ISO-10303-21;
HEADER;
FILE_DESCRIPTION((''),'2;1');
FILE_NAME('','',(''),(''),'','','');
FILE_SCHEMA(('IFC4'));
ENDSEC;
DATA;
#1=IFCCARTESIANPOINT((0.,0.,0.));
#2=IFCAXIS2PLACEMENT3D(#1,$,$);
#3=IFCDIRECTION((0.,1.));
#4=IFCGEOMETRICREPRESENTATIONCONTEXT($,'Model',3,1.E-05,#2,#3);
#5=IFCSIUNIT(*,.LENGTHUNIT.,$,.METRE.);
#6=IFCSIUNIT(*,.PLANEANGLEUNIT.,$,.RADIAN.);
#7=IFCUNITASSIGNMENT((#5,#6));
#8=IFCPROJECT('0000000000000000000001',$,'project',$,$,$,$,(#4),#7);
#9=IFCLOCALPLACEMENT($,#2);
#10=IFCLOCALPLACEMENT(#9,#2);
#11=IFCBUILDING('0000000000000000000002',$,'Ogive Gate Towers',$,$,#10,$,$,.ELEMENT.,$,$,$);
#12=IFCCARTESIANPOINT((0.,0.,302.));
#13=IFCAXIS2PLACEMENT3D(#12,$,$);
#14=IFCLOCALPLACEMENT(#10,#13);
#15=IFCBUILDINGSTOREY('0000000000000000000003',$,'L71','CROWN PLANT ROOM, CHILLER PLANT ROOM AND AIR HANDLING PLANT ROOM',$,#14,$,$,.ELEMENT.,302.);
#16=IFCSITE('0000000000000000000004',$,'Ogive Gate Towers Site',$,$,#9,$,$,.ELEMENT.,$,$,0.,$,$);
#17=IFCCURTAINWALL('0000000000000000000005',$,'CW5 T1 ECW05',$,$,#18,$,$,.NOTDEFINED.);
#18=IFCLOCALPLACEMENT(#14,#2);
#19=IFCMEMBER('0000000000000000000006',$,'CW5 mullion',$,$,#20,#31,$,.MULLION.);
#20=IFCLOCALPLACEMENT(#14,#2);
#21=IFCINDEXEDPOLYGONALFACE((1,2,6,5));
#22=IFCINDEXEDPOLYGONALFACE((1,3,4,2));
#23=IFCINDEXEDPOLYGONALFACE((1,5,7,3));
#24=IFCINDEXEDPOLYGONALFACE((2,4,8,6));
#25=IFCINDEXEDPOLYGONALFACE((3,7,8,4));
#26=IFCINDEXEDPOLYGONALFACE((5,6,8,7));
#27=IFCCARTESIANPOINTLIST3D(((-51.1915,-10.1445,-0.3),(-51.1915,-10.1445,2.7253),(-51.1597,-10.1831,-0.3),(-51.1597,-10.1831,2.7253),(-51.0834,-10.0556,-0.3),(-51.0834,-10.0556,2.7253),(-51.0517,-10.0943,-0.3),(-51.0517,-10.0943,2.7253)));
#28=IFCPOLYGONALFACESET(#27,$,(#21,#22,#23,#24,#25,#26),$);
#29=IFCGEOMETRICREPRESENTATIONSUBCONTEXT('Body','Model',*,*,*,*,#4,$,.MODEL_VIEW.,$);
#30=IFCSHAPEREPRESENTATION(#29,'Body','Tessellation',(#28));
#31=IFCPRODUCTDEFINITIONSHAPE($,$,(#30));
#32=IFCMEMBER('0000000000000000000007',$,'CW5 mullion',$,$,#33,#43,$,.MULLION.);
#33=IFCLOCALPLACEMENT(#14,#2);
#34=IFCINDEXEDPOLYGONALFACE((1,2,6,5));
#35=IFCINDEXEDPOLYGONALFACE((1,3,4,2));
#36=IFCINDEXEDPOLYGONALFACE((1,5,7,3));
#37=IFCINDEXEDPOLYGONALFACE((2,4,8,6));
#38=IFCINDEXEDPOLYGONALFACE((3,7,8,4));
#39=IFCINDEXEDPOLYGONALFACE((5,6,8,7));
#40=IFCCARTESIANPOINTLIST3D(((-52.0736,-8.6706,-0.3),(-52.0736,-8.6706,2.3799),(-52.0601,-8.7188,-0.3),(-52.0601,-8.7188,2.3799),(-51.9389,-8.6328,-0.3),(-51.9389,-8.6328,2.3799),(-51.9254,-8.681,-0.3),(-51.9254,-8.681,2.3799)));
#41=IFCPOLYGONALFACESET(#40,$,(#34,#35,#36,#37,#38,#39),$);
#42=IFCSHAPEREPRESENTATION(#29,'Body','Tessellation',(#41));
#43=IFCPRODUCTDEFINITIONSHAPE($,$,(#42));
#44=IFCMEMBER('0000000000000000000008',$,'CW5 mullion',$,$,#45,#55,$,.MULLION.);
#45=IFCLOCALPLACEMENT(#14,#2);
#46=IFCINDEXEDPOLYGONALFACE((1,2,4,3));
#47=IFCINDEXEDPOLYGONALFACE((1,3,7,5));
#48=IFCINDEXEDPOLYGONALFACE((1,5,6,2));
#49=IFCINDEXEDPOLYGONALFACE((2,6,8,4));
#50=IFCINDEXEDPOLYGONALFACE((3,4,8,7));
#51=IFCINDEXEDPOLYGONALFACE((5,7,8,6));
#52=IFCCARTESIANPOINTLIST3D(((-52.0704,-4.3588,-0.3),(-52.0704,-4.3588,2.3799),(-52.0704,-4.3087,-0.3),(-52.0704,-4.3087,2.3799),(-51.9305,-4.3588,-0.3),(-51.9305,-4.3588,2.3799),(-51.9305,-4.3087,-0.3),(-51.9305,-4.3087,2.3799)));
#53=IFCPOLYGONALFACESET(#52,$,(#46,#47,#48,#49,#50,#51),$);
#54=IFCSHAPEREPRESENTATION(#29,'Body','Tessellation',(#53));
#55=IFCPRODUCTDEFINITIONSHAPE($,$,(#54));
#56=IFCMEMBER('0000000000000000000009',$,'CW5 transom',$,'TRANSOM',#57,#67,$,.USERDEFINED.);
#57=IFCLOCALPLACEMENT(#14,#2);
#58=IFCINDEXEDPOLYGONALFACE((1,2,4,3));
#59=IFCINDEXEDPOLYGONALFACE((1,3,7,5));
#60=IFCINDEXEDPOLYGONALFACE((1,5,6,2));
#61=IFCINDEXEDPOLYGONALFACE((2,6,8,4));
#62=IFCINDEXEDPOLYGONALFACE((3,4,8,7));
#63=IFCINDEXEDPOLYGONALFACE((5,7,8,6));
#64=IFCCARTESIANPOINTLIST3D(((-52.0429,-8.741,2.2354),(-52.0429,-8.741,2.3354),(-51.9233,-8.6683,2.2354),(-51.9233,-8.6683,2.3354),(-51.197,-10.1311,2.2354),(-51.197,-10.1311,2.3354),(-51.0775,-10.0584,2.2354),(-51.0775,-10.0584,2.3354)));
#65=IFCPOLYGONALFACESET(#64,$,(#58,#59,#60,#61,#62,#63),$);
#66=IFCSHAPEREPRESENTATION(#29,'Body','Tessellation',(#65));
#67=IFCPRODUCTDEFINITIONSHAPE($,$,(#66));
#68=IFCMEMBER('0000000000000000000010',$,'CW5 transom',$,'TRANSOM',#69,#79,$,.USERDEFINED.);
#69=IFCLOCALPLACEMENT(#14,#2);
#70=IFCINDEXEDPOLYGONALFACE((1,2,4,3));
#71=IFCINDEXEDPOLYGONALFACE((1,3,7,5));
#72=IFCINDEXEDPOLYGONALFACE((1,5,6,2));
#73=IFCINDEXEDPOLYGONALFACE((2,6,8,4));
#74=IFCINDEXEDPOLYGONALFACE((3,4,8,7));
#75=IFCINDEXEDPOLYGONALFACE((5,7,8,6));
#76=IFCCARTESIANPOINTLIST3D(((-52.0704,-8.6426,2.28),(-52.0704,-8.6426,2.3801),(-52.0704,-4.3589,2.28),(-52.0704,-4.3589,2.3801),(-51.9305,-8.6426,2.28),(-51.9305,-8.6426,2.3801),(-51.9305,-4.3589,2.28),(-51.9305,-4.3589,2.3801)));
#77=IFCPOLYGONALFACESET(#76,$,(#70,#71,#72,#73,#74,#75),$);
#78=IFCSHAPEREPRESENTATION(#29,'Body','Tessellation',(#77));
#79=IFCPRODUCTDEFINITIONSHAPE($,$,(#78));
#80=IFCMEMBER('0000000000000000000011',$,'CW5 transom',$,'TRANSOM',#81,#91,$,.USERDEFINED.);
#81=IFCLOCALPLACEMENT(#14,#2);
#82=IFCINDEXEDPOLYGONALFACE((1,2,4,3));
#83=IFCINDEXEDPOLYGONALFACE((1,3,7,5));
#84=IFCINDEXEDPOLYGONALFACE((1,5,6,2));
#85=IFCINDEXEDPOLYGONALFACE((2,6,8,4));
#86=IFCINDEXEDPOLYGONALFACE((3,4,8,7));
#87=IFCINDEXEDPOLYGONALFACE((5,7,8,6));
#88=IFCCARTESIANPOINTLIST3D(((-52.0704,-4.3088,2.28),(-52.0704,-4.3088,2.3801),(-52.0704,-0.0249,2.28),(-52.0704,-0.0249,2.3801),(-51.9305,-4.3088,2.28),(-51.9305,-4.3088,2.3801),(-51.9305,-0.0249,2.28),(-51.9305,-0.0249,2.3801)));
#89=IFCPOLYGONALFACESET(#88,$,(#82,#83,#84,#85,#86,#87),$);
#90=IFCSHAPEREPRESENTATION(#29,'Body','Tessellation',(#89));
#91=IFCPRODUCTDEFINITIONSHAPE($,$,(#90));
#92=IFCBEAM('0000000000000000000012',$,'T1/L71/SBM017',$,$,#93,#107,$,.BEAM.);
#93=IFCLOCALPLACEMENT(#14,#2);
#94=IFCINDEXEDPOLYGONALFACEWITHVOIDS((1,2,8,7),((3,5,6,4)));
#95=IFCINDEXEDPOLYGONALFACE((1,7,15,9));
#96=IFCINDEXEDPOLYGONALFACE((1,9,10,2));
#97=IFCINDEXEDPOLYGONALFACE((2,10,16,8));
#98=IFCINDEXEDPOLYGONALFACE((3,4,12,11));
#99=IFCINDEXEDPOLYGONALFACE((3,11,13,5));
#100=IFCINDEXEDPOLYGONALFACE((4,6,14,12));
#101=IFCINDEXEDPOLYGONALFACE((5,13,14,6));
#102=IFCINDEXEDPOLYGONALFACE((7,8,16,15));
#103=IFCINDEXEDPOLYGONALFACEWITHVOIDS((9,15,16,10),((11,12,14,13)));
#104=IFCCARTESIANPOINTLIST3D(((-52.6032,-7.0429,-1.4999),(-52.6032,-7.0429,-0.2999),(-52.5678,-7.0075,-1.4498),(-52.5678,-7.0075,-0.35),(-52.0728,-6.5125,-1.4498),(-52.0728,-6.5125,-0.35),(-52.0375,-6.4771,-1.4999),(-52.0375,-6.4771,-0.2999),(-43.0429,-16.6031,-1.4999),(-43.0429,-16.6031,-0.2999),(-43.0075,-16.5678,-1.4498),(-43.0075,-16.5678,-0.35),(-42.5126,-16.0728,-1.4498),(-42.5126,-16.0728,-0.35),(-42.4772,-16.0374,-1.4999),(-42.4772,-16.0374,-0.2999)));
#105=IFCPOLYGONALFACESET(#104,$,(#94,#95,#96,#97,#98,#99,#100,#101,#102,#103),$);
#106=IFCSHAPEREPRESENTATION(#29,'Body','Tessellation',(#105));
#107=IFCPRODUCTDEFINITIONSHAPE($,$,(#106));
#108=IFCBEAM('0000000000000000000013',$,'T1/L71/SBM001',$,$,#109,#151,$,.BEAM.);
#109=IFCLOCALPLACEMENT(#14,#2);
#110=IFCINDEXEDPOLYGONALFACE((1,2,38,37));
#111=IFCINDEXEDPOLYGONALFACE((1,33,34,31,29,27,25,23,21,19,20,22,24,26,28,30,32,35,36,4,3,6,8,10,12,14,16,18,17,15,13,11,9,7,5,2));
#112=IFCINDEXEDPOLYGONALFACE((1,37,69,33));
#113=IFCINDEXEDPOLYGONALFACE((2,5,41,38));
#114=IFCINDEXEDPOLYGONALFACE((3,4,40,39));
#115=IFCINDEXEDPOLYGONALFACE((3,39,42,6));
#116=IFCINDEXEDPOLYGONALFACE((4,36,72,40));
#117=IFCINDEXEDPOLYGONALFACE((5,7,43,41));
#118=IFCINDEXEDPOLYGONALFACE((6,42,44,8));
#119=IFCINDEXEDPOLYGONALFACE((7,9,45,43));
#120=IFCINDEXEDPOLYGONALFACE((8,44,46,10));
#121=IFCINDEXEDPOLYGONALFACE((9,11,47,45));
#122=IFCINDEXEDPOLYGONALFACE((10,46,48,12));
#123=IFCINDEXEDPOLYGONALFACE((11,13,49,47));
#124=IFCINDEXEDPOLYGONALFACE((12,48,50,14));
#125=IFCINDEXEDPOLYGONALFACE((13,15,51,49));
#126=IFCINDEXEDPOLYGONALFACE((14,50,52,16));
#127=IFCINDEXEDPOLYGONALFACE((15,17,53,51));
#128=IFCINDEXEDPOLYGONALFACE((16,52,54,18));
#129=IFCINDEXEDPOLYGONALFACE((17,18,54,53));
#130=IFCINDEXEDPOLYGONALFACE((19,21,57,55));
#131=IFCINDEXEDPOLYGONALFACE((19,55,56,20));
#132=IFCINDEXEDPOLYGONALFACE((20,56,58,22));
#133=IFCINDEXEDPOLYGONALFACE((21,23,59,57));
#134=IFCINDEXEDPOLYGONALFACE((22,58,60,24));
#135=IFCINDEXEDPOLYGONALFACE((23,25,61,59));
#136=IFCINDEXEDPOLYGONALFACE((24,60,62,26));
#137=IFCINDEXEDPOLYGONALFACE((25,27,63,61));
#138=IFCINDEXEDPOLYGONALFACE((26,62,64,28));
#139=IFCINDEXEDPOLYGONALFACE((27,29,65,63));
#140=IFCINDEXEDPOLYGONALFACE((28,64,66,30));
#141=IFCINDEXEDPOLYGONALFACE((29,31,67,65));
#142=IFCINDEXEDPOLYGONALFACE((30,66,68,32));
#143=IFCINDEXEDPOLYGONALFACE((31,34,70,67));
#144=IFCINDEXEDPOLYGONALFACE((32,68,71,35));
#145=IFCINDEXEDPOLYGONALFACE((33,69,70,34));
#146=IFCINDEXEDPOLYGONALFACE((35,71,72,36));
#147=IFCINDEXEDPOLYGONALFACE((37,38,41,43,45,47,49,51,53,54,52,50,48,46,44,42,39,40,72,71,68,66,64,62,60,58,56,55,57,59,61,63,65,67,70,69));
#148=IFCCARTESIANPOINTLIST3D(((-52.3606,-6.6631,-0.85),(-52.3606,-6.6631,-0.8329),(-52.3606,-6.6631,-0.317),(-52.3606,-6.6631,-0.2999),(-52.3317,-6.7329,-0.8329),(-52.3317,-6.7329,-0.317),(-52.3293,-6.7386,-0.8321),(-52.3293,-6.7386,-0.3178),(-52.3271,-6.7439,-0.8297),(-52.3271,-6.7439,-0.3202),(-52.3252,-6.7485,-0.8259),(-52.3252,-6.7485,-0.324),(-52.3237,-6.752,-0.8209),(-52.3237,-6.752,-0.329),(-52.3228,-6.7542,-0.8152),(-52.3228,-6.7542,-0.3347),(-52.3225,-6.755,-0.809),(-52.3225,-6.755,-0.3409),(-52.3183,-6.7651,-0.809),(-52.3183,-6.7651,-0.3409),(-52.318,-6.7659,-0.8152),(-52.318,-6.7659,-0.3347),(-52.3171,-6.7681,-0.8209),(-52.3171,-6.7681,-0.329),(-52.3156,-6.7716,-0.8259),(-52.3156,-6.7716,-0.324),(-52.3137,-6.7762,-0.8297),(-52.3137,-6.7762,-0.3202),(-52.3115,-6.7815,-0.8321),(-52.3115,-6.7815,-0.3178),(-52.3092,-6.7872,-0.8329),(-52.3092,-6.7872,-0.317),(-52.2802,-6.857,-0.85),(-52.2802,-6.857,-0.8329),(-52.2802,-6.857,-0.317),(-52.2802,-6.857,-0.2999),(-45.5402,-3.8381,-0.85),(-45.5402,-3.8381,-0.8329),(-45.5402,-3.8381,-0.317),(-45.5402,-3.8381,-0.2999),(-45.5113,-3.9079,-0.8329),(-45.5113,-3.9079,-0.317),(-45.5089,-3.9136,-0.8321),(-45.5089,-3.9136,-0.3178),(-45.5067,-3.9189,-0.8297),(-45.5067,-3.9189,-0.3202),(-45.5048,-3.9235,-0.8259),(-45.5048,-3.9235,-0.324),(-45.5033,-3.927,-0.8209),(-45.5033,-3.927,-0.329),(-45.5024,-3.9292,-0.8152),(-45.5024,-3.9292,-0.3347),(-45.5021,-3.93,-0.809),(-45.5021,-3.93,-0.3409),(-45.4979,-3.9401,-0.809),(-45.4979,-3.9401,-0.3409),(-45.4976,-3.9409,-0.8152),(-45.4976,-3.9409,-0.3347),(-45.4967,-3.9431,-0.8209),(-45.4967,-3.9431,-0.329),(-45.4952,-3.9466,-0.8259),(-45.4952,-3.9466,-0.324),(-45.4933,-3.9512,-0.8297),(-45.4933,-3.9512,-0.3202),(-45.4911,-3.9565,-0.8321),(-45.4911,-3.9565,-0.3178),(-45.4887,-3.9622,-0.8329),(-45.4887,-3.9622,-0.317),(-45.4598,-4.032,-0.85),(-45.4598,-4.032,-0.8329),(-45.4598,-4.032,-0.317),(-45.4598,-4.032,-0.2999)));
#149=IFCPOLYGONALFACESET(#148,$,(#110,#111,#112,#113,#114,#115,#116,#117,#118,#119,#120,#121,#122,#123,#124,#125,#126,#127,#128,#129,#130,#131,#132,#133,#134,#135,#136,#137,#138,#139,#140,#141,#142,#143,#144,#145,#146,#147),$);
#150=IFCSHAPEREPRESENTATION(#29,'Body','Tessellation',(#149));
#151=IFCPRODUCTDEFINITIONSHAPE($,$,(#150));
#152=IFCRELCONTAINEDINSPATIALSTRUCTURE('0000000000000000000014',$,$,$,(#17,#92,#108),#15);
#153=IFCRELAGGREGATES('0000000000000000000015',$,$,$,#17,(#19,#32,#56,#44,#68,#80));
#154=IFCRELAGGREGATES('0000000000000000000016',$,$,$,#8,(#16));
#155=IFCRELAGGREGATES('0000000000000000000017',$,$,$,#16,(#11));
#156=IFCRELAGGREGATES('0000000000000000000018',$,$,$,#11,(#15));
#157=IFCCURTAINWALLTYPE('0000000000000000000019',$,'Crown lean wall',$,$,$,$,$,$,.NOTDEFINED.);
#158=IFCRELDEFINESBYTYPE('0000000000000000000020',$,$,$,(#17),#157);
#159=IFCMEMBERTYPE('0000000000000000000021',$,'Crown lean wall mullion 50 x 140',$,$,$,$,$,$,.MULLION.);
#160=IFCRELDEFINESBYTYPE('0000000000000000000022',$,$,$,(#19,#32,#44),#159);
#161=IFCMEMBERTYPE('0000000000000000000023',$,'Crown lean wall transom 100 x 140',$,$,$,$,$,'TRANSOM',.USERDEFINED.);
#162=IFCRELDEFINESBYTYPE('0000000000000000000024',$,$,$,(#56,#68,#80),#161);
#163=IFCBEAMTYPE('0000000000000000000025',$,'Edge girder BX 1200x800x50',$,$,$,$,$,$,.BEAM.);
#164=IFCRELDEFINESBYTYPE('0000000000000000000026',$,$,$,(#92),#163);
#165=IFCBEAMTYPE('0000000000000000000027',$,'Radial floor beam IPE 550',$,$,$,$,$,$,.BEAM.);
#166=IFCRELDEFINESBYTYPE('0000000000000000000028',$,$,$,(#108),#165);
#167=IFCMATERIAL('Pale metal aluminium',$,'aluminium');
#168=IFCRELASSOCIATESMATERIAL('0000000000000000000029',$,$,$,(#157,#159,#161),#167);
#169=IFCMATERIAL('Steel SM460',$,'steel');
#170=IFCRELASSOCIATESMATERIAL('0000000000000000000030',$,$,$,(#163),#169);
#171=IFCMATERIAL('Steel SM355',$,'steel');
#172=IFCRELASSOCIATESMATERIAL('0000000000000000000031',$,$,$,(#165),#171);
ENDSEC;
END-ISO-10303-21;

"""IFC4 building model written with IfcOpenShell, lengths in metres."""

from ifc_helpers import new_model, si_unit, direction, frame, origin, origin_2d, place, context, subcontext, project, spatial, rectangle, hollow_rectangle, i_section, extrude, material, material_profile, profile_set, type_object, element, aggregate, save


model = new_model("IFC4")

# Units and contexts
model_context = context("Model", 3, precision=1e-05, world=origin(), true_north=direction((0.0, 1.0)))
body_context = subcontext(model_context, "Body", "Model", "MODEL_VIEW")
ifc_project = project(units=[si_unit("LENGTHUNIT", "METRE"), si_unit("PLANEANGLEUNIT", "RADIAN")], contexts=[model_context])

# Site, building, storey
site_placement = place(None, origin())
site = spatial("IfcSite", under=ifc_project, at=site_placement, Name="Ogive Gate Towers Site", CompositionType="ELEMENT", RefElevation=0.0)
building_placement = place(site_placement, origin())
building = spatial("IfcBuilding", under=site, at=building_placement, Name="Ogive Gate Towers", CompositionType="ELEMENT")
storey_placement = place(building_placement, frame((0.0, 0.0, 302.0)))
storey = spatial("IfcBuildingStorey", under=building, at=storey_placement, Name="L71", Description="CROWN PLANT ROOM, CHILLER PLANT ROOM AND AIR HANDLING PLANT ROOM", CompositionType="ELEMENT", Elevation=302.0)

# Curtain wall, members
ifc_material_1 = material(Name="Pale metal aluminium", Category="aluminium")
curtain_wall_type = type_object("IfcCurtainWallType", Name="Crown lean wall", PredefinedType="NOTDEFINED", material=ifc_material_1)
curtain_wall_placement = place(storey_placement, origin())
curtain_wall = element("IfcCurtainWall", 1, at=curtain_wall_placement, inside=storey, type_object=curtain_wall_type, Name="CW5 T1 ECW05", PredefinedType="NOTDEFINED")
ifc_material_profile_1 = material_profile(ifc_material_1, rectangle(XDim=0.1399, YDim=0.05, at=origin_2d()), Name="50 x 140 aluminium box")
ifc_profile_set_1 = profile_set([ifc_material_profile_1], Name="Pale metal aluminium")
member_type_1 = type_object("IfcMemberType", Name="Crown lean wall mullion 50 x 140", PredefinedType="MULLION", material=ifc_profile_set_1)
member_1_placement = place(storey_placement, frame((-51.1216, -10.1194, -0.3), z_axis=(0.0, 0.0, 1.0), x_axis=(0.772678, 0.634798, 0.0)))
member_1 = element("IfcMember", 2, at=member_1_placement, type_object=member_type_1, Name="CW5 mullion", PredefinedType="MULLION", context=body_context, shape_type="SweptSolid", body=[
    extrude(rectangle(XDim=0.1399, YDim=0.05, at=origin_2d()), origin(), (0.0, 0.0, 1.0), 3.0254),
])
member_2_placement = place(storey_placement, frame((-51.9995, -8.6758, -0.3), z_axis=(0.0, 0.0, 1.0), x_axis=(0.962866, 0.269979, 0.0)))
member_2 = element("IfcMember", 3, at=member_2_placement, type_object=member_type_1, Name="CW5 mullion", PredefinedType="MULLION", context=body_context, shape_type="SweptSolid", body=[
    extrude(rectangle(XDim=0.1399, YDim=0.05, at=origin_2d()), origin(), (0.0, 0.0, 1.0), 2.6799),
])
member_3_placement = place(storey_placement, frame((-52.0005, -4.3337, -0.3), z_axis=(0.0, 0.0, 1.0), x_axis=(1.0, 0.0, 0.0)))
member_3 = element("IfcMember", 4, at=member_3_placement, type_object=member_type_1, Name="CW5 mullion", PredefinedType="MULLION", context=body_context, shape_type="SweptSolid", body=[
    extrude(rectangle(XDim=0.1399, YDim=0.05, at=origin_2d()), origin(), (0.0, 0.0, 1.0), 2.6799),
])
ifc_material_profile_2 = material_profile(ifc_material_1, rectangle(XDim=0.1399, YDim=0.1001, at=origin_2d()), Name="100 x 140 aluminium box")
ifc_profile_set_2 = profile_set([ifc_material_profile_2], Name="Pale metal aluminium")
member_type_2 = type_object("IfcMemberType", Name="Crown lean wall transom 100 x 140", ElementType="TRANSOM", PredefinedType="USERDEFINED", material=ifc_profile_set_2)
member_4_placement = place(storey_placement, frame((-51.1372, -10.0947, 2.2854), z_axis=(-0.519847, 0.854259, 0.0), x_axis=(-0.854259, -0.519847, 0.0)))
member_4 = element("IfcMember", 5, at=member_4_placement, type_object=member_type_2, Name="CW5 transom", ObjectType="TRANSOM", PredefinedType="USERDEFINED", context=body_context, shape_type="SweptSolid", body=[
    extrude(rectangle(XDim=0.1399, YDim=0.1001, at=origin_2d()), origin(), (0.0, 0.0, 1.0), 1.6272),
])
member_5_placement = place(storey_placement, frame((-52.0005, -8.6426, 2.3301), z_axis=(0.0, 1.0, 0.0), x_axis=(-1.0, 0.0, 0.0)))
member_5 = element("IfcMember", 6, at=member_5_placement, type_object=member_type_2, Name="CW5 transom", ObjectType="TRANSOM", PredefinedType="USERDEFINED", context=body_context, shape_type="SweptSolid", body=[
    extrude(rectangle(XDim=0.1399, YDim=0.1001, at=origin_2d()), origin(), (0.0, 0.0, 1.0), 4.2837),
])
member_6_placement = place(storey_placement, frame((-52.0005, -4.3088, 2.3301), z_axis=(0.0, 1.0, 0.0), x_axis=(-1.0, 0.0, 0.0)))
member_6 = element("IfcMember", 7, at=member_6_placement, type_object=member_type_2, Name="CW5 transom", ObjectType="TRANSOM", PredefinedType="USERDEFINED", context=body_context, shape_type="SweptSolid", body=[
    extrude(rectangle(XDim=0.1399, YDim=0.1001, at=origin_2d()), origin(), (0.0, 0.0, 1.0), 4.2839),
])

# Beams
ifc_material_2 = material(Name="Steel SM460", Category="steel")
ifc_material_profile_3 = material_profile(ifc_material_2, hollow_rectangle(XDim=0.8, YDim=1.2, WallThickness=0.05, at=origin_2d()), Name="BX 1200x800x50")
ifc_profile_set_3 = profile_set([ifc_material_profile_3], Name="Steel SM460")
beam_type_1 = type_object("IfcBeamType", Name="Edge girder BX 1200x800x50", PredefinedType="BEAM", material=ifc_profile_set_3)
beam_1_placement = place(storey_placement, frame((-52.3203, -6.76, -0.8999), z_axis=(0.707107, -0.707107, 0.0), x_axis=(0.707107, 0.707107, 0.0)))
element("IfcBeam", 8, at=beam_1_placement, inside=storey, type_object=beam_type_1, Name="T1/L71/SBM017", PredefinedType="BEAM", context=body_context, shape_type="SweptSolid", body=[
    extrude(hollow_rectangle(XDim=0.8, YDim=1.2, WallThickness=0.05, at=origin_2d()), origin(), (0.0, 0.0, 1.0), 13.5203),
])
ifc_material_3 = material(Name="Steel SM355", Category="steel")
ifc_material_profile_4 = material_profile(ifc_material_3, i_section(OverallWidth=0.21, OverallDepth=0.55, WebThickness=0.011, FlangeThickness=0.0171, FilletRadius=0.0239, at=origin_2d()), Name="IPE 550")
ifc_profile_set_4 = profile_set([ifc_material_profile_4], Name="Steel SM355")
beam_type_2 = type_object("IfcBeamType", Name="Radial floor beam IPE 550", PredefinedType="BEAM", material=ifc_profile_set_4)
beam_2_placement = place(storey_placement, frame((-45.5, -3.9351, -0.575), z_axis=(-0.923885, -0.38267, 0.0), x_axis=(0.38267, -0.923885, 0.0)))
element("IfcBeam", 9, at=beam_2_placement, inside=storey, type_object=beam_type_2, Name="T1/L71/SBM001", PredefinedType="BEAM", context=body_context, shape_type="SweptSolid", body=[
    extrude(i_section(OverallWidth=0.21, OverallDepth=0.55, WebThickness=0.011, FlangeThickness=0.0171, FilletRadius=0.0239, at=origin_2d()), origin(), (0.0, 0.0, 1.0), 7.3823),
])

aggregate(curtain_wall, [member_1, member_2, member_4, member_3, member_5, member_6])

save(model, "model.ifc")
